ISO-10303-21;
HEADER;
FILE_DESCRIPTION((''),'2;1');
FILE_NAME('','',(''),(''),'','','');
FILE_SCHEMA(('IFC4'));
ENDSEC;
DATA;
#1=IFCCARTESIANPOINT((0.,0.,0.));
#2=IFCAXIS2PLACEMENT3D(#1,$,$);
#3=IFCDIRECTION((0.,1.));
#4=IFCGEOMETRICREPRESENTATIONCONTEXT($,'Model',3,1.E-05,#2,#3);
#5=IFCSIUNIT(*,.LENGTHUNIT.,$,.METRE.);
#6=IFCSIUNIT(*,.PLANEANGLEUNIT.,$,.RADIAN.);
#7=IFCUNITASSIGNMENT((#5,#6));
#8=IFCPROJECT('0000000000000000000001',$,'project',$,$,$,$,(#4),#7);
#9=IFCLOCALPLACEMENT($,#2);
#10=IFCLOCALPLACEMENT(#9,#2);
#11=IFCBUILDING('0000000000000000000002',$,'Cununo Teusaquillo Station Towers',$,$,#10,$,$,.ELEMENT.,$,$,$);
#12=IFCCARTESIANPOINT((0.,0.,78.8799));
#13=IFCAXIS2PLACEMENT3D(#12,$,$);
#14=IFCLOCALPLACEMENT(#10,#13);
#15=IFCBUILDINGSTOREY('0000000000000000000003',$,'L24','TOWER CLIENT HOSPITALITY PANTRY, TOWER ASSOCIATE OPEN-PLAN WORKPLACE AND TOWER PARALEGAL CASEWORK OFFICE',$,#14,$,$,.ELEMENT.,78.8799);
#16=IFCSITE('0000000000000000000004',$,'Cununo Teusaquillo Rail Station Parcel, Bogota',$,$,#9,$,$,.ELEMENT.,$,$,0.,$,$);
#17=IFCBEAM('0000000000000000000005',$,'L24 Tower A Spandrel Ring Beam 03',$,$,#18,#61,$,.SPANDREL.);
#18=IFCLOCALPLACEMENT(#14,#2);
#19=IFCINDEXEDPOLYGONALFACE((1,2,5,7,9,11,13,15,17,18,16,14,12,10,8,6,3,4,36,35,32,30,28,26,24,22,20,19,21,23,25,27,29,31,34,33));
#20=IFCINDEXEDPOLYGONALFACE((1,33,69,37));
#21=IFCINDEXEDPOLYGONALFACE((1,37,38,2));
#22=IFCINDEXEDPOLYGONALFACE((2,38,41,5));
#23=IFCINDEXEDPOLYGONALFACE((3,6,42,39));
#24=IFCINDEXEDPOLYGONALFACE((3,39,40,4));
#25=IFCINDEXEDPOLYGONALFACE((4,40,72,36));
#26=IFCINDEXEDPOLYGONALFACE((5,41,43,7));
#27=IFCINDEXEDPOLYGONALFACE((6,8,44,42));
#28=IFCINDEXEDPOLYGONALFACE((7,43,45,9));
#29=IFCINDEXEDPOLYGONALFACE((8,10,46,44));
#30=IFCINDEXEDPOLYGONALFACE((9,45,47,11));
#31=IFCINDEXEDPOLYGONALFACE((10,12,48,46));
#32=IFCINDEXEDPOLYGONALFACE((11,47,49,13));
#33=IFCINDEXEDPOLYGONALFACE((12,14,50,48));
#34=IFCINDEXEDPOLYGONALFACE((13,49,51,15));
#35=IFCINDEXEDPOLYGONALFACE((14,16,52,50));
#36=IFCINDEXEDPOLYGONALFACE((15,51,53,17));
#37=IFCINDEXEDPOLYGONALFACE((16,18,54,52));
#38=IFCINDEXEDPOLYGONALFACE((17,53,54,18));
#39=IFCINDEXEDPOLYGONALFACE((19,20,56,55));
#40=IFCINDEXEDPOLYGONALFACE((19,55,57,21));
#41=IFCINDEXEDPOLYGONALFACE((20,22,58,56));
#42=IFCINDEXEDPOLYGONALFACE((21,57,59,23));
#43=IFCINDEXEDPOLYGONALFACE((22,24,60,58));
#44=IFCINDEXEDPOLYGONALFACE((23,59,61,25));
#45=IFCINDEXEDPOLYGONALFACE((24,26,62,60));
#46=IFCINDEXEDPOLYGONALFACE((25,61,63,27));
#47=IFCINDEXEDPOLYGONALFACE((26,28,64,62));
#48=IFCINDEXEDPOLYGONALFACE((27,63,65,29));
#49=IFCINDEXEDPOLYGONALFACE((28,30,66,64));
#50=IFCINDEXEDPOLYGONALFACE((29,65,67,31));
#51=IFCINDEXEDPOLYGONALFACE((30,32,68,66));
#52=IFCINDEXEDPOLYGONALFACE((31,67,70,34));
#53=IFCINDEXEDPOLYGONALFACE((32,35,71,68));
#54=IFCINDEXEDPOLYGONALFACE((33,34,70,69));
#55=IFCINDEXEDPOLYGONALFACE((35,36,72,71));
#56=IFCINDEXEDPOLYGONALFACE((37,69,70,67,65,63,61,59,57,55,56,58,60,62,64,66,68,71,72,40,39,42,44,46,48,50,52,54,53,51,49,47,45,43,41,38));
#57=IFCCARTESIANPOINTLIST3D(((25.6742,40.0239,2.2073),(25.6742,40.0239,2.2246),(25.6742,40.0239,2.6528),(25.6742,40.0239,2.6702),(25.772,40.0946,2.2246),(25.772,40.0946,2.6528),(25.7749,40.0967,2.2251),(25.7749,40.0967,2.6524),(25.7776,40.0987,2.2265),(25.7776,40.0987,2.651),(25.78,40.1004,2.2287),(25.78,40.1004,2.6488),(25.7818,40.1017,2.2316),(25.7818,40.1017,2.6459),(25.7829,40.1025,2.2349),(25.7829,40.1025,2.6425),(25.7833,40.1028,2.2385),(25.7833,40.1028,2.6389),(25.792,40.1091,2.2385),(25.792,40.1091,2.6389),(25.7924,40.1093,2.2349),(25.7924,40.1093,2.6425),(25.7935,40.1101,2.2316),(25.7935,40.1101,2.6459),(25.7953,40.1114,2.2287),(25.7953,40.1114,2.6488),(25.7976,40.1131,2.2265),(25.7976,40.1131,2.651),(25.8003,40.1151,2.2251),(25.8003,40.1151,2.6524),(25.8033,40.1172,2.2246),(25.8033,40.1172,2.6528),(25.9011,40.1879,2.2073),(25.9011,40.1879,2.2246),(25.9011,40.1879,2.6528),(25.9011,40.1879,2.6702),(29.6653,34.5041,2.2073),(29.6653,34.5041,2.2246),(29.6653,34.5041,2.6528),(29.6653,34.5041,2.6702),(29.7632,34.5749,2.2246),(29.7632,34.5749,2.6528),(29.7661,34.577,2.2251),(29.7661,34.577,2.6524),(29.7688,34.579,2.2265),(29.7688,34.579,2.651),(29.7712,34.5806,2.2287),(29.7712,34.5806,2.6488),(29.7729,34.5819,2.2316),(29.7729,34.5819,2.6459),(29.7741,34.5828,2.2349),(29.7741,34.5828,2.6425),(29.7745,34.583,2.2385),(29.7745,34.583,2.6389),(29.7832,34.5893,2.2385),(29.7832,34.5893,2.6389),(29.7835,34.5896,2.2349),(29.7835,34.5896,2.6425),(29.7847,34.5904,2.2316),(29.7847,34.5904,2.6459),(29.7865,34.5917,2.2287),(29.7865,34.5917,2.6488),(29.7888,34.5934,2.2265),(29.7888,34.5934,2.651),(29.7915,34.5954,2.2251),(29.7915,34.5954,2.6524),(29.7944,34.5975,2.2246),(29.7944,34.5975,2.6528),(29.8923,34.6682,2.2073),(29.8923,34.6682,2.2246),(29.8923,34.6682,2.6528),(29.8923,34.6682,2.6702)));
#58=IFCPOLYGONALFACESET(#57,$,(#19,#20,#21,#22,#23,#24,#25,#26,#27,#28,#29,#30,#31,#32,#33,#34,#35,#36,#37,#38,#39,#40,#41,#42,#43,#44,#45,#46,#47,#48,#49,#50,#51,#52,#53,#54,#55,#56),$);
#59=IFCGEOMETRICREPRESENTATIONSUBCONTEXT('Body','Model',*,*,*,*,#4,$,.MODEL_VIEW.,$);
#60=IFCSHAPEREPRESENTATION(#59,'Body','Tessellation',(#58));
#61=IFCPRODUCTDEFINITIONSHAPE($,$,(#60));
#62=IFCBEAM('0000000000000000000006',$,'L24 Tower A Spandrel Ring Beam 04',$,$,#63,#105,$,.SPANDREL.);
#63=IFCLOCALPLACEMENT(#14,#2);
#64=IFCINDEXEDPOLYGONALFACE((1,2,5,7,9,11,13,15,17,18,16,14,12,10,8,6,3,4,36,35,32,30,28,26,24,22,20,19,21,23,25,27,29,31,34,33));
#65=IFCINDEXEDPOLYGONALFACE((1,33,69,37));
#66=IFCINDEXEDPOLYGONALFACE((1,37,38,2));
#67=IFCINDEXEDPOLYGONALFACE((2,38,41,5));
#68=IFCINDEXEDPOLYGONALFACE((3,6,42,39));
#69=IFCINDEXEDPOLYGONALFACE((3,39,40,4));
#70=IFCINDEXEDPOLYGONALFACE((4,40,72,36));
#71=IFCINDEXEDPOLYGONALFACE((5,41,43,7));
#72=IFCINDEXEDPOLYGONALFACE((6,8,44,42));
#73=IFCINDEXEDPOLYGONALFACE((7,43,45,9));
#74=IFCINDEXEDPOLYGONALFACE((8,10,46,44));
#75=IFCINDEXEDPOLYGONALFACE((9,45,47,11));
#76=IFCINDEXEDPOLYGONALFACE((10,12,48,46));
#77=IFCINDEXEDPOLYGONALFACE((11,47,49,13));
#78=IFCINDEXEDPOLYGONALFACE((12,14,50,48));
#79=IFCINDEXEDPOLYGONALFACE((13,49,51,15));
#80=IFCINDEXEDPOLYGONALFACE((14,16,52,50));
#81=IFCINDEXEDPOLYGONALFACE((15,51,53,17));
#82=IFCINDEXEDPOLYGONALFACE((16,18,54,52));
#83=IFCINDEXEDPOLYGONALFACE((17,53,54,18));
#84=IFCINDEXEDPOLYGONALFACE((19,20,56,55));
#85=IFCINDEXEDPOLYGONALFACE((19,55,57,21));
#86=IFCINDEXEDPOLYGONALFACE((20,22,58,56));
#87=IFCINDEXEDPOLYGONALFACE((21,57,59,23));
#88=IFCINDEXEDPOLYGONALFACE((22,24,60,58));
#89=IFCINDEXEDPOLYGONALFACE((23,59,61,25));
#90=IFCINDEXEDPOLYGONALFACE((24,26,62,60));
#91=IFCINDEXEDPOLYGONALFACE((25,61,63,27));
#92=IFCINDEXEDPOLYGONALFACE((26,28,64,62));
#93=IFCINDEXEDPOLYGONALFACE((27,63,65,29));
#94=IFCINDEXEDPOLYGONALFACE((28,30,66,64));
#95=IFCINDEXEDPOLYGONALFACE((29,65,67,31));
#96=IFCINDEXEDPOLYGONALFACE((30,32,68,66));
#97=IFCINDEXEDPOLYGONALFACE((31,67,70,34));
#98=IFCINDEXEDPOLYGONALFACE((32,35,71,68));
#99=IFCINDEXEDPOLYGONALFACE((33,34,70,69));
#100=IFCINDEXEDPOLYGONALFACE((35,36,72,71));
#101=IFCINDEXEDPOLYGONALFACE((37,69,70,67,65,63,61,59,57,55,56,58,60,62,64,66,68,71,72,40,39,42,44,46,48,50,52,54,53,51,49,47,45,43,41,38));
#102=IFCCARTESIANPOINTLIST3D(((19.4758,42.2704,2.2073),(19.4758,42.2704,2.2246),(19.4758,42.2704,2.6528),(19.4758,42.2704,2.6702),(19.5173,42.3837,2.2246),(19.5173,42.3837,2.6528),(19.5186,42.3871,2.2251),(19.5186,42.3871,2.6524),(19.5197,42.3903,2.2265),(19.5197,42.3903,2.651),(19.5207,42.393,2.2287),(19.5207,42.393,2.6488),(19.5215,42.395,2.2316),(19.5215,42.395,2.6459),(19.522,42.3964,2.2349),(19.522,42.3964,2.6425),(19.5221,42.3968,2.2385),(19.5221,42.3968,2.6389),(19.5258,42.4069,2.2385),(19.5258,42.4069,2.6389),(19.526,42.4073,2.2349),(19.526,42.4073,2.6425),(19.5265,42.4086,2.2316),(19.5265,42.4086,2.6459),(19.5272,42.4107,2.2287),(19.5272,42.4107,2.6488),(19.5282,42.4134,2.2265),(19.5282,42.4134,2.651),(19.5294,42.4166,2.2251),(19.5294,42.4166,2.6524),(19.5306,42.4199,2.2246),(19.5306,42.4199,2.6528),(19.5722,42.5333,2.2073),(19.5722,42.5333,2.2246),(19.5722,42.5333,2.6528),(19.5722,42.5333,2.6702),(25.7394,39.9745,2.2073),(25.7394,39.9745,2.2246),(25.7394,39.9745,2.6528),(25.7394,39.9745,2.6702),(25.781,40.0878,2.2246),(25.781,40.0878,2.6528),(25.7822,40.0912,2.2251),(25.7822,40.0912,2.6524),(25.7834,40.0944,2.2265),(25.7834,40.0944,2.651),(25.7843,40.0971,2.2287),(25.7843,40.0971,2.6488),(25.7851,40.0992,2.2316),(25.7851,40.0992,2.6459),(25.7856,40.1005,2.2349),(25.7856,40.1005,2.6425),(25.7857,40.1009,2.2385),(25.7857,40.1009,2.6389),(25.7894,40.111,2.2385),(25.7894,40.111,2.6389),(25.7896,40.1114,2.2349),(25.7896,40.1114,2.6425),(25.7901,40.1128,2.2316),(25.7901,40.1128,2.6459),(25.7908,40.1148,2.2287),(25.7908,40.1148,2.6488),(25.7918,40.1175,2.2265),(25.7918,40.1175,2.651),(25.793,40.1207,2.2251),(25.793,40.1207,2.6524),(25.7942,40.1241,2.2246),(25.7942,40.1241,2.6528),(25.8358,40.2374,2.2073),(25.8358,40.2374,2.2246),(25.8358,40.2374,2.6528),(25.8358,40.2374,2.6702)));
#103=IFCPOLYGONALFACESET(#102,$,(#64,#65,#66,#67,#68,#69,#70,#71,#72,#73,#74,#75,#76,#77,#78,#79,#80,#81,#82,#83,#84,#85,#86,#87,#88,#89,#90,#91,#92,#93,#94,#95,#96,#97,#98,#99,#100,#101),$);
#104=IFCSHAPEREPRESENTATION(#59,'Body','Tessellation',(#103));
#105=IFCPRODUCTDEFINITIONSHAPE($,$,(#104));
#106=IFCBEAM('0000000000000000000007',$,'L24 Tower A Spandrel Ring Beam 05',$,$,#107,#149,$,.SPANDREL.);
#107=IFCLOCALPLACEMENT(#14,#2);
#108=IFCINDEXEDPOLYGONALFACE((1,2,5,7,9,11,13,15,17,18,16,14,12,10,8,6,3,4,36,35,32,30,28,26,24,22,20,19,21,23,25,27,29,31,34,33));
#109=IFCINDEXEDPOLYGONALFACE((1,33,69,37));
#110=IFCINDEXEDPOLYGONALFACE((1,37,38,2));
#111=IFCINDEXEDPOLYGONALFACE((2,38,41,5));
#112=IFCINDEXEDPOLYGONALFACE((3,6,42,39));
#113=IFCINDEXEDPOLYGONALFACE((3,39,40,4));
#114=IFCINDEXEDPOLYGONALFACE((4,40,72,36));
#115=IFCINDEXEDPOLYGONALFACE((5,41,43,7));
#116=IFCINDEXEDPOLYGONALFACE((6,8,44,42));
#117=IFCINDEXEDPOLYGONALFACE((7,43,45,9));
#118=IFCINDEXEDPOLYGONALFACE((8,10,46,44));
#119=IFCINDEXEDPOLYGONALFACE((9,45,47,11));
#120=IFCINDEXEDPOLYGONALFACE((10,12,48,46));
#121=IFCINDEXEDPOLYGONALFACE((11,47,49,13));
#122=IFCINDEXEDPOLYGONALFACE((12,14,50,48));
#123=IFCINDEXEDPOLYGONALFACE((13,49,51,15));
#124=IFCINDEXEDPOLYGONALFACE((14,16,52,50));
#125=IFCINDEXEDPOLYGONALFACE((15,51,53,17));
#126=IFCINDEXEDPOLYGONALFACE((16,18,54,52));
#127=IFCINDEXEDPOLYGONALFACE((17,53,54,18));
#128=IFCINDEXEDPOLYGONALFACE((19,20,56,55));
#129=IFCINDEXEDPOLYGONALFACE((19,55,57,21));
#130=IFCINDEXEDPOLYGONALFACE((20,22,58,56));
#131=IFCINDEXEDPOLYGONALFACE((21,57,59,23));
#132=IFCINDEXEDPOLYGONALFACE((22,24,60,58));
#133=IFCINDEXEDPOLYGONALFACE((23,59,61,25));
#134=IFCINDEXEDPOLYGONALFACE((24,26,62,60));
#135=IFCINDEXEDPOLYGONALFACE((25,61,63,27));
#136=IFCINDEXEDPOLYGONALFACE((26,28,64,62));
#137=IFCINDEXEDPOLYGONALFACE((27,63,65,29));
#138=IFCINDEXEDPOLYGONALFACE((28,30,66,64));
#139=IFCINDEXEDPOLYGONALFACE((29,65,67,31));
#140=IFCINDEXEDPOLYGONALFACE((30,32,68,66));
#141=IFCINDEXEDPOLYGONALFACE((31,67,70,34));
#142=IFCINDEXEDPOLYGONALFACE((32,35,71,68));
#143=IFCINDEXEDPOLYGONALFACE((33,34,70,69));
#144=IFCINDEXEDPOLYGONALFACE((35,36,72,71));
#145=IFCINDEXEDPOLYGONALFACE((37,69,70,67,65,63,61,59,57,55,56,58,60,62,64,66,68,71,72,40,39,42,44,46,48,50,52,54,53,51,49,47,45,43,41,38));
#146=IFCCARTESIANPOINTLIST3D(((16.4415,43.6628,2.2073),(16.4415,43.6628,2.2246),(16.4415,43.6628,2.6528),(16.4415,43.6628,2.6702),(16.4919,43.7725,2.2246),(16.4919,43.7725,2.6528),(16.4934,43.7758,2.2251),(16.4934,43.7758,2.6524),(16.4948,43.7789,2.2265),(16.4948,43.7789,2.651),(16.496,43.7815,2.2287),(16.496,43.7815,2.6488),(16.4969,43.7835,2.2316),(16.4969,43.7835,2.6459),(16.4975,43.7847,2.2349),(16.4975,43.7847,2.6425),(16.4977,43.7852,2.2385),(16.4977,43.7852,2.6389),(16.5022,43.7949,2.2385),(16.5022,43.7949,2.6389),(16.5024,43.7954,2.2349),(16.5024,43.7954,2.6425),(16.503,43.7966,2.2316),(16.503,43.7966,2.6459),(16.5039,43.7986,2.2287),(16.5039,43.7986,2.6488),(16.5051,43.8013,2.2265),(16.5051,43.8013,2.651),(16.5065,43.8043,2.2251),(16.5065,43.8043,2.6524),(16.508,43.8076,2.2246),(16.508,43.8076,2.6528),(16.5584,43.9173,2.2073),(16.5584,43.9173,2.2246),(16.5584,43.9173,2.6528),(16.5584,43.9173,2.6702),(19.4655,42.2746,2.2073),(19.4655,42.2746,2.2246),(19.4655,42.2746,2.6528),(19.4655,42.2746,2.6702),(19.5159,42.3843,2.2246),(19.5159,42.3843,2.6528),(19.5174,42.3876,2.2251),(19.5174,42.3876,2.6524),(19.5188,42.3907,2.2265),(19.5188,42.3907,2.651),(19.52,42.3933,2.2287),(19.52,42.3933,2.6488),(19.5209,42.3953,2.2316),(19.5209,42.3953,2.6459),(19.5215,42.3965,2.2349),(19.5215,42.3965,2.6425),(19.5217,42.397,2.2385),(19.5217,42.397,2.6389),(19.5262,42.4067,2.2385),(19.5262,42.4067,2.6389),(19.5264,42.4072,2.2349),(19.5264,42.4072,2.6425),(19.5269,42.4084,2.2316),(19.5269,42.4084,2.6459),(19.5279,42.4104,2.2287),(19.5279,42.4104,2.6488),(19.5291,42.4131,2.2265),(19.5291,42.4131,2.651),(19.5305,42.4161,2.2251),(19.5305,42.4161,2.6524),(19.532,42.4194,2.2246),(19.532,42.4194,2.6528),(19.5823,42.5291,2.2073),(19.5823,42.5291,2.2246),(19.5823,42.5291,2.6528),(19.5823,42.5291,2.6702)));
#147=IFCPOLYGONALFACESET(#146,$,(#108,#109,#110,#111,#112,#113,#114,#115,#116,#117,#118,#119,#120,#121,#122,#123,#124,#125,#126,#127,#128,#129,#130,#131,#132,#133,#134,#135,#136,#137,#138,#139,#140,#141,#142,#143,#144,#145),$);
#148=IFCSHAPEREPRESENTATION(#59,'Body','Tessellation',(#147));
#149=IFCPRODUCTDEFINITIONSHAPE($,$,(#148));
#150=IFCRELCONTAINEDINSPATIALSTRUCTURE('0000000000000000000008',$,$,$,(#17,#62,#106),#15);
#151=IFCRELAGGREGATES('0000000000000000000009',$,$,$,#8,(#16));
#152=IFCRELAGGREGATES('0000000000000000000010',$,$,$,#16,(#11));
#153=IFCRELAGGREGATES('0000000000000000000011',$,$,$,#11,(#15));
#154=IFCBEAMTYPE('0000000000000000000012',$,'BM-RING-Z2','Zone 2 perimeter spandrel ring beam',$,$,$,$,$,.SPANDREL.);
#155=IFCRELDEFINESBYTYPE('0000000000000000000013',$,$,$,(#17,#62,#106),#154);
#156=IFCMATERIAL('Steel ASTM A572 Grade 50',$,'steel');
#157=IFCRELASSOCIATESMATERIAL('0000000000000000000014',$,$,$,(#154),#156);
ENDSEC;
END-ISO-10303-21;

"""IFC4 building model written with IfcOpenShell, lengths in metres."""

from ifc_helpers import new_model, si_unit, direction, frame, origin, origin_2d, place, context, subcontext, project, spatial, i_section, extrude, material, material_profile, profile_set, type_object, element, save


model = new_model("IFC4")

# Units and contexts
model_context = context("Model", 3, precision=1e-05, world=origin(), true_north=direction((0.0, 1.0)))
body_context = subcontext(model_context, "Body", "Model", "MODEL_VIEW")
ifc_project = project(units=[si_unit("LENGTHUNIT", "METRE"), si_unit("PLANEANGLEUNIT", "RADIAN")], contexts=[model_context])

# Site, building, storey
site_placement = place(None, origin())
site = spatial("IfcSite", under=ifc_project, at=site_placement, Name="Cununo Teusaquillo Rail Station Parcel, Bogota", CompositionType="ELEMENT", RefElevation=0.0)
building_placement = place(site_placement, origin())
building = spatial("IfcBuilding", under=site, at=building_placement, Name="Cununo Teusaquillo Station Towers", CompositionType="ELEMENT")
storey_placement = place(building_placement, frame((0.0, 0.0, 78.8799)))
storey = spatial("IfcBuildingStorey", under=building, at=storey_placement, Name="L24", Description="TOWER CLIENT HOSPITALITY PANTRY, TOWER ASSOCIATE OPEN-PLAN WORKPLACE AND TOWER PARALEGAL CASEWORK OFFICE", CompositionType="ELEMENT", Elevation=78.8799)

# Beams
ifc_material_1 = material(Name="Steel ASTM A572 Grade 50", Category="steel")
ifc_material_profile_1 = material_profile(ifc_material_1, i_section(OverallWidth=0.28, OverallDepth=0.4629, WebThickness=0.0107, FlangeThickness=0.0173, FilletRadius=0.0139, at=origin_2d()), Name="W18X76")
ifc_profile_set_1 = profile_set([ifc_material_profile_1], Name="Steel ASTM A572 Grade 50")
beam_type_1 = type_object("IfcBeamType", Name="BM-RING-Z2", Description="Zone 2 perimeter spandrel ring beam", PredefinedType="SPANDREL", material=ifc_profile_set_1)
beam_1_placement = place(storey_placement, frame((29.7788, 34.5862, 2.4387), z_axis=(-0.585945, 0.810351, 0.0), x_axis=(-0.810351, -0.585945, 0.0)))
element("IfcBeam", 1, at=beam_1_placement, inside=storey, type_object=beam_type_1, Name="L24 Tower A Spandrel Ring Beam 03", PredefinedType="SPANDREL", context=body_context, shape_type="SweptSolid", body=[
    extrude(i_section(OverallWidth=0.28, OverallDepth=0.4629, WebThickness=0.0107, FlangeThickness=0.0173, FilletRadius=0.0139, at=origin_2d()), origin(), (0.0, 0.0, 1.0), 6.8115),
])
beam_2_placement = place(storey_placement, frame((25.7876, 40.106, 2.4387), z_axis=(-0.938914, 0.344151, 0.0), x_axis=(-0.344151, -0.938914, 0.0)))
element("IfcBeam", 2, at=beam_2_placement, inside=storey, type_object=beam_type_1, Name="L24 Tower A Spandrel Ring Beam 04", PredefinedType="SPANDREL", context=body_context, shape_type="SweptSolid", body=[
    extrude(i_section(OverallWidth=0.28, OverallDepth=0.4629, WebThickness=0.0107, FlangeThickness=0.0173, FilletRadius=0.0139, at=origin_2d()), origin(), (0.0, 0.0, 1.0), 6.6711),
])
beam_3_placement = place(storey_placement, frame((19.5239, 42.4019, 2.4387), z_axis=(-0.908812, 0.417205, 0.0), x_axis=(-0.417205, -0.908812, 0.0)))
element("IfcBeam", 3, at=beam_3_placement, inside=storey, type_object=beam_type_1, Name="L24 Tower A Spandrel Ring Beam 05", PredefinedType="SPANDREL", context=body_context, shape_type="SweptSolid", body=[
    extrude(i_section(OverallWidth=0.28, OverallDepth=0.4629, WebThickness=0.0107, FlangeThickness=0.0173, FilletRadius=0.0139, at=origin_2d()), origin(), (0.0, 0.0, 1.0), 3.3274),
])

save(model, "model.ifc")
